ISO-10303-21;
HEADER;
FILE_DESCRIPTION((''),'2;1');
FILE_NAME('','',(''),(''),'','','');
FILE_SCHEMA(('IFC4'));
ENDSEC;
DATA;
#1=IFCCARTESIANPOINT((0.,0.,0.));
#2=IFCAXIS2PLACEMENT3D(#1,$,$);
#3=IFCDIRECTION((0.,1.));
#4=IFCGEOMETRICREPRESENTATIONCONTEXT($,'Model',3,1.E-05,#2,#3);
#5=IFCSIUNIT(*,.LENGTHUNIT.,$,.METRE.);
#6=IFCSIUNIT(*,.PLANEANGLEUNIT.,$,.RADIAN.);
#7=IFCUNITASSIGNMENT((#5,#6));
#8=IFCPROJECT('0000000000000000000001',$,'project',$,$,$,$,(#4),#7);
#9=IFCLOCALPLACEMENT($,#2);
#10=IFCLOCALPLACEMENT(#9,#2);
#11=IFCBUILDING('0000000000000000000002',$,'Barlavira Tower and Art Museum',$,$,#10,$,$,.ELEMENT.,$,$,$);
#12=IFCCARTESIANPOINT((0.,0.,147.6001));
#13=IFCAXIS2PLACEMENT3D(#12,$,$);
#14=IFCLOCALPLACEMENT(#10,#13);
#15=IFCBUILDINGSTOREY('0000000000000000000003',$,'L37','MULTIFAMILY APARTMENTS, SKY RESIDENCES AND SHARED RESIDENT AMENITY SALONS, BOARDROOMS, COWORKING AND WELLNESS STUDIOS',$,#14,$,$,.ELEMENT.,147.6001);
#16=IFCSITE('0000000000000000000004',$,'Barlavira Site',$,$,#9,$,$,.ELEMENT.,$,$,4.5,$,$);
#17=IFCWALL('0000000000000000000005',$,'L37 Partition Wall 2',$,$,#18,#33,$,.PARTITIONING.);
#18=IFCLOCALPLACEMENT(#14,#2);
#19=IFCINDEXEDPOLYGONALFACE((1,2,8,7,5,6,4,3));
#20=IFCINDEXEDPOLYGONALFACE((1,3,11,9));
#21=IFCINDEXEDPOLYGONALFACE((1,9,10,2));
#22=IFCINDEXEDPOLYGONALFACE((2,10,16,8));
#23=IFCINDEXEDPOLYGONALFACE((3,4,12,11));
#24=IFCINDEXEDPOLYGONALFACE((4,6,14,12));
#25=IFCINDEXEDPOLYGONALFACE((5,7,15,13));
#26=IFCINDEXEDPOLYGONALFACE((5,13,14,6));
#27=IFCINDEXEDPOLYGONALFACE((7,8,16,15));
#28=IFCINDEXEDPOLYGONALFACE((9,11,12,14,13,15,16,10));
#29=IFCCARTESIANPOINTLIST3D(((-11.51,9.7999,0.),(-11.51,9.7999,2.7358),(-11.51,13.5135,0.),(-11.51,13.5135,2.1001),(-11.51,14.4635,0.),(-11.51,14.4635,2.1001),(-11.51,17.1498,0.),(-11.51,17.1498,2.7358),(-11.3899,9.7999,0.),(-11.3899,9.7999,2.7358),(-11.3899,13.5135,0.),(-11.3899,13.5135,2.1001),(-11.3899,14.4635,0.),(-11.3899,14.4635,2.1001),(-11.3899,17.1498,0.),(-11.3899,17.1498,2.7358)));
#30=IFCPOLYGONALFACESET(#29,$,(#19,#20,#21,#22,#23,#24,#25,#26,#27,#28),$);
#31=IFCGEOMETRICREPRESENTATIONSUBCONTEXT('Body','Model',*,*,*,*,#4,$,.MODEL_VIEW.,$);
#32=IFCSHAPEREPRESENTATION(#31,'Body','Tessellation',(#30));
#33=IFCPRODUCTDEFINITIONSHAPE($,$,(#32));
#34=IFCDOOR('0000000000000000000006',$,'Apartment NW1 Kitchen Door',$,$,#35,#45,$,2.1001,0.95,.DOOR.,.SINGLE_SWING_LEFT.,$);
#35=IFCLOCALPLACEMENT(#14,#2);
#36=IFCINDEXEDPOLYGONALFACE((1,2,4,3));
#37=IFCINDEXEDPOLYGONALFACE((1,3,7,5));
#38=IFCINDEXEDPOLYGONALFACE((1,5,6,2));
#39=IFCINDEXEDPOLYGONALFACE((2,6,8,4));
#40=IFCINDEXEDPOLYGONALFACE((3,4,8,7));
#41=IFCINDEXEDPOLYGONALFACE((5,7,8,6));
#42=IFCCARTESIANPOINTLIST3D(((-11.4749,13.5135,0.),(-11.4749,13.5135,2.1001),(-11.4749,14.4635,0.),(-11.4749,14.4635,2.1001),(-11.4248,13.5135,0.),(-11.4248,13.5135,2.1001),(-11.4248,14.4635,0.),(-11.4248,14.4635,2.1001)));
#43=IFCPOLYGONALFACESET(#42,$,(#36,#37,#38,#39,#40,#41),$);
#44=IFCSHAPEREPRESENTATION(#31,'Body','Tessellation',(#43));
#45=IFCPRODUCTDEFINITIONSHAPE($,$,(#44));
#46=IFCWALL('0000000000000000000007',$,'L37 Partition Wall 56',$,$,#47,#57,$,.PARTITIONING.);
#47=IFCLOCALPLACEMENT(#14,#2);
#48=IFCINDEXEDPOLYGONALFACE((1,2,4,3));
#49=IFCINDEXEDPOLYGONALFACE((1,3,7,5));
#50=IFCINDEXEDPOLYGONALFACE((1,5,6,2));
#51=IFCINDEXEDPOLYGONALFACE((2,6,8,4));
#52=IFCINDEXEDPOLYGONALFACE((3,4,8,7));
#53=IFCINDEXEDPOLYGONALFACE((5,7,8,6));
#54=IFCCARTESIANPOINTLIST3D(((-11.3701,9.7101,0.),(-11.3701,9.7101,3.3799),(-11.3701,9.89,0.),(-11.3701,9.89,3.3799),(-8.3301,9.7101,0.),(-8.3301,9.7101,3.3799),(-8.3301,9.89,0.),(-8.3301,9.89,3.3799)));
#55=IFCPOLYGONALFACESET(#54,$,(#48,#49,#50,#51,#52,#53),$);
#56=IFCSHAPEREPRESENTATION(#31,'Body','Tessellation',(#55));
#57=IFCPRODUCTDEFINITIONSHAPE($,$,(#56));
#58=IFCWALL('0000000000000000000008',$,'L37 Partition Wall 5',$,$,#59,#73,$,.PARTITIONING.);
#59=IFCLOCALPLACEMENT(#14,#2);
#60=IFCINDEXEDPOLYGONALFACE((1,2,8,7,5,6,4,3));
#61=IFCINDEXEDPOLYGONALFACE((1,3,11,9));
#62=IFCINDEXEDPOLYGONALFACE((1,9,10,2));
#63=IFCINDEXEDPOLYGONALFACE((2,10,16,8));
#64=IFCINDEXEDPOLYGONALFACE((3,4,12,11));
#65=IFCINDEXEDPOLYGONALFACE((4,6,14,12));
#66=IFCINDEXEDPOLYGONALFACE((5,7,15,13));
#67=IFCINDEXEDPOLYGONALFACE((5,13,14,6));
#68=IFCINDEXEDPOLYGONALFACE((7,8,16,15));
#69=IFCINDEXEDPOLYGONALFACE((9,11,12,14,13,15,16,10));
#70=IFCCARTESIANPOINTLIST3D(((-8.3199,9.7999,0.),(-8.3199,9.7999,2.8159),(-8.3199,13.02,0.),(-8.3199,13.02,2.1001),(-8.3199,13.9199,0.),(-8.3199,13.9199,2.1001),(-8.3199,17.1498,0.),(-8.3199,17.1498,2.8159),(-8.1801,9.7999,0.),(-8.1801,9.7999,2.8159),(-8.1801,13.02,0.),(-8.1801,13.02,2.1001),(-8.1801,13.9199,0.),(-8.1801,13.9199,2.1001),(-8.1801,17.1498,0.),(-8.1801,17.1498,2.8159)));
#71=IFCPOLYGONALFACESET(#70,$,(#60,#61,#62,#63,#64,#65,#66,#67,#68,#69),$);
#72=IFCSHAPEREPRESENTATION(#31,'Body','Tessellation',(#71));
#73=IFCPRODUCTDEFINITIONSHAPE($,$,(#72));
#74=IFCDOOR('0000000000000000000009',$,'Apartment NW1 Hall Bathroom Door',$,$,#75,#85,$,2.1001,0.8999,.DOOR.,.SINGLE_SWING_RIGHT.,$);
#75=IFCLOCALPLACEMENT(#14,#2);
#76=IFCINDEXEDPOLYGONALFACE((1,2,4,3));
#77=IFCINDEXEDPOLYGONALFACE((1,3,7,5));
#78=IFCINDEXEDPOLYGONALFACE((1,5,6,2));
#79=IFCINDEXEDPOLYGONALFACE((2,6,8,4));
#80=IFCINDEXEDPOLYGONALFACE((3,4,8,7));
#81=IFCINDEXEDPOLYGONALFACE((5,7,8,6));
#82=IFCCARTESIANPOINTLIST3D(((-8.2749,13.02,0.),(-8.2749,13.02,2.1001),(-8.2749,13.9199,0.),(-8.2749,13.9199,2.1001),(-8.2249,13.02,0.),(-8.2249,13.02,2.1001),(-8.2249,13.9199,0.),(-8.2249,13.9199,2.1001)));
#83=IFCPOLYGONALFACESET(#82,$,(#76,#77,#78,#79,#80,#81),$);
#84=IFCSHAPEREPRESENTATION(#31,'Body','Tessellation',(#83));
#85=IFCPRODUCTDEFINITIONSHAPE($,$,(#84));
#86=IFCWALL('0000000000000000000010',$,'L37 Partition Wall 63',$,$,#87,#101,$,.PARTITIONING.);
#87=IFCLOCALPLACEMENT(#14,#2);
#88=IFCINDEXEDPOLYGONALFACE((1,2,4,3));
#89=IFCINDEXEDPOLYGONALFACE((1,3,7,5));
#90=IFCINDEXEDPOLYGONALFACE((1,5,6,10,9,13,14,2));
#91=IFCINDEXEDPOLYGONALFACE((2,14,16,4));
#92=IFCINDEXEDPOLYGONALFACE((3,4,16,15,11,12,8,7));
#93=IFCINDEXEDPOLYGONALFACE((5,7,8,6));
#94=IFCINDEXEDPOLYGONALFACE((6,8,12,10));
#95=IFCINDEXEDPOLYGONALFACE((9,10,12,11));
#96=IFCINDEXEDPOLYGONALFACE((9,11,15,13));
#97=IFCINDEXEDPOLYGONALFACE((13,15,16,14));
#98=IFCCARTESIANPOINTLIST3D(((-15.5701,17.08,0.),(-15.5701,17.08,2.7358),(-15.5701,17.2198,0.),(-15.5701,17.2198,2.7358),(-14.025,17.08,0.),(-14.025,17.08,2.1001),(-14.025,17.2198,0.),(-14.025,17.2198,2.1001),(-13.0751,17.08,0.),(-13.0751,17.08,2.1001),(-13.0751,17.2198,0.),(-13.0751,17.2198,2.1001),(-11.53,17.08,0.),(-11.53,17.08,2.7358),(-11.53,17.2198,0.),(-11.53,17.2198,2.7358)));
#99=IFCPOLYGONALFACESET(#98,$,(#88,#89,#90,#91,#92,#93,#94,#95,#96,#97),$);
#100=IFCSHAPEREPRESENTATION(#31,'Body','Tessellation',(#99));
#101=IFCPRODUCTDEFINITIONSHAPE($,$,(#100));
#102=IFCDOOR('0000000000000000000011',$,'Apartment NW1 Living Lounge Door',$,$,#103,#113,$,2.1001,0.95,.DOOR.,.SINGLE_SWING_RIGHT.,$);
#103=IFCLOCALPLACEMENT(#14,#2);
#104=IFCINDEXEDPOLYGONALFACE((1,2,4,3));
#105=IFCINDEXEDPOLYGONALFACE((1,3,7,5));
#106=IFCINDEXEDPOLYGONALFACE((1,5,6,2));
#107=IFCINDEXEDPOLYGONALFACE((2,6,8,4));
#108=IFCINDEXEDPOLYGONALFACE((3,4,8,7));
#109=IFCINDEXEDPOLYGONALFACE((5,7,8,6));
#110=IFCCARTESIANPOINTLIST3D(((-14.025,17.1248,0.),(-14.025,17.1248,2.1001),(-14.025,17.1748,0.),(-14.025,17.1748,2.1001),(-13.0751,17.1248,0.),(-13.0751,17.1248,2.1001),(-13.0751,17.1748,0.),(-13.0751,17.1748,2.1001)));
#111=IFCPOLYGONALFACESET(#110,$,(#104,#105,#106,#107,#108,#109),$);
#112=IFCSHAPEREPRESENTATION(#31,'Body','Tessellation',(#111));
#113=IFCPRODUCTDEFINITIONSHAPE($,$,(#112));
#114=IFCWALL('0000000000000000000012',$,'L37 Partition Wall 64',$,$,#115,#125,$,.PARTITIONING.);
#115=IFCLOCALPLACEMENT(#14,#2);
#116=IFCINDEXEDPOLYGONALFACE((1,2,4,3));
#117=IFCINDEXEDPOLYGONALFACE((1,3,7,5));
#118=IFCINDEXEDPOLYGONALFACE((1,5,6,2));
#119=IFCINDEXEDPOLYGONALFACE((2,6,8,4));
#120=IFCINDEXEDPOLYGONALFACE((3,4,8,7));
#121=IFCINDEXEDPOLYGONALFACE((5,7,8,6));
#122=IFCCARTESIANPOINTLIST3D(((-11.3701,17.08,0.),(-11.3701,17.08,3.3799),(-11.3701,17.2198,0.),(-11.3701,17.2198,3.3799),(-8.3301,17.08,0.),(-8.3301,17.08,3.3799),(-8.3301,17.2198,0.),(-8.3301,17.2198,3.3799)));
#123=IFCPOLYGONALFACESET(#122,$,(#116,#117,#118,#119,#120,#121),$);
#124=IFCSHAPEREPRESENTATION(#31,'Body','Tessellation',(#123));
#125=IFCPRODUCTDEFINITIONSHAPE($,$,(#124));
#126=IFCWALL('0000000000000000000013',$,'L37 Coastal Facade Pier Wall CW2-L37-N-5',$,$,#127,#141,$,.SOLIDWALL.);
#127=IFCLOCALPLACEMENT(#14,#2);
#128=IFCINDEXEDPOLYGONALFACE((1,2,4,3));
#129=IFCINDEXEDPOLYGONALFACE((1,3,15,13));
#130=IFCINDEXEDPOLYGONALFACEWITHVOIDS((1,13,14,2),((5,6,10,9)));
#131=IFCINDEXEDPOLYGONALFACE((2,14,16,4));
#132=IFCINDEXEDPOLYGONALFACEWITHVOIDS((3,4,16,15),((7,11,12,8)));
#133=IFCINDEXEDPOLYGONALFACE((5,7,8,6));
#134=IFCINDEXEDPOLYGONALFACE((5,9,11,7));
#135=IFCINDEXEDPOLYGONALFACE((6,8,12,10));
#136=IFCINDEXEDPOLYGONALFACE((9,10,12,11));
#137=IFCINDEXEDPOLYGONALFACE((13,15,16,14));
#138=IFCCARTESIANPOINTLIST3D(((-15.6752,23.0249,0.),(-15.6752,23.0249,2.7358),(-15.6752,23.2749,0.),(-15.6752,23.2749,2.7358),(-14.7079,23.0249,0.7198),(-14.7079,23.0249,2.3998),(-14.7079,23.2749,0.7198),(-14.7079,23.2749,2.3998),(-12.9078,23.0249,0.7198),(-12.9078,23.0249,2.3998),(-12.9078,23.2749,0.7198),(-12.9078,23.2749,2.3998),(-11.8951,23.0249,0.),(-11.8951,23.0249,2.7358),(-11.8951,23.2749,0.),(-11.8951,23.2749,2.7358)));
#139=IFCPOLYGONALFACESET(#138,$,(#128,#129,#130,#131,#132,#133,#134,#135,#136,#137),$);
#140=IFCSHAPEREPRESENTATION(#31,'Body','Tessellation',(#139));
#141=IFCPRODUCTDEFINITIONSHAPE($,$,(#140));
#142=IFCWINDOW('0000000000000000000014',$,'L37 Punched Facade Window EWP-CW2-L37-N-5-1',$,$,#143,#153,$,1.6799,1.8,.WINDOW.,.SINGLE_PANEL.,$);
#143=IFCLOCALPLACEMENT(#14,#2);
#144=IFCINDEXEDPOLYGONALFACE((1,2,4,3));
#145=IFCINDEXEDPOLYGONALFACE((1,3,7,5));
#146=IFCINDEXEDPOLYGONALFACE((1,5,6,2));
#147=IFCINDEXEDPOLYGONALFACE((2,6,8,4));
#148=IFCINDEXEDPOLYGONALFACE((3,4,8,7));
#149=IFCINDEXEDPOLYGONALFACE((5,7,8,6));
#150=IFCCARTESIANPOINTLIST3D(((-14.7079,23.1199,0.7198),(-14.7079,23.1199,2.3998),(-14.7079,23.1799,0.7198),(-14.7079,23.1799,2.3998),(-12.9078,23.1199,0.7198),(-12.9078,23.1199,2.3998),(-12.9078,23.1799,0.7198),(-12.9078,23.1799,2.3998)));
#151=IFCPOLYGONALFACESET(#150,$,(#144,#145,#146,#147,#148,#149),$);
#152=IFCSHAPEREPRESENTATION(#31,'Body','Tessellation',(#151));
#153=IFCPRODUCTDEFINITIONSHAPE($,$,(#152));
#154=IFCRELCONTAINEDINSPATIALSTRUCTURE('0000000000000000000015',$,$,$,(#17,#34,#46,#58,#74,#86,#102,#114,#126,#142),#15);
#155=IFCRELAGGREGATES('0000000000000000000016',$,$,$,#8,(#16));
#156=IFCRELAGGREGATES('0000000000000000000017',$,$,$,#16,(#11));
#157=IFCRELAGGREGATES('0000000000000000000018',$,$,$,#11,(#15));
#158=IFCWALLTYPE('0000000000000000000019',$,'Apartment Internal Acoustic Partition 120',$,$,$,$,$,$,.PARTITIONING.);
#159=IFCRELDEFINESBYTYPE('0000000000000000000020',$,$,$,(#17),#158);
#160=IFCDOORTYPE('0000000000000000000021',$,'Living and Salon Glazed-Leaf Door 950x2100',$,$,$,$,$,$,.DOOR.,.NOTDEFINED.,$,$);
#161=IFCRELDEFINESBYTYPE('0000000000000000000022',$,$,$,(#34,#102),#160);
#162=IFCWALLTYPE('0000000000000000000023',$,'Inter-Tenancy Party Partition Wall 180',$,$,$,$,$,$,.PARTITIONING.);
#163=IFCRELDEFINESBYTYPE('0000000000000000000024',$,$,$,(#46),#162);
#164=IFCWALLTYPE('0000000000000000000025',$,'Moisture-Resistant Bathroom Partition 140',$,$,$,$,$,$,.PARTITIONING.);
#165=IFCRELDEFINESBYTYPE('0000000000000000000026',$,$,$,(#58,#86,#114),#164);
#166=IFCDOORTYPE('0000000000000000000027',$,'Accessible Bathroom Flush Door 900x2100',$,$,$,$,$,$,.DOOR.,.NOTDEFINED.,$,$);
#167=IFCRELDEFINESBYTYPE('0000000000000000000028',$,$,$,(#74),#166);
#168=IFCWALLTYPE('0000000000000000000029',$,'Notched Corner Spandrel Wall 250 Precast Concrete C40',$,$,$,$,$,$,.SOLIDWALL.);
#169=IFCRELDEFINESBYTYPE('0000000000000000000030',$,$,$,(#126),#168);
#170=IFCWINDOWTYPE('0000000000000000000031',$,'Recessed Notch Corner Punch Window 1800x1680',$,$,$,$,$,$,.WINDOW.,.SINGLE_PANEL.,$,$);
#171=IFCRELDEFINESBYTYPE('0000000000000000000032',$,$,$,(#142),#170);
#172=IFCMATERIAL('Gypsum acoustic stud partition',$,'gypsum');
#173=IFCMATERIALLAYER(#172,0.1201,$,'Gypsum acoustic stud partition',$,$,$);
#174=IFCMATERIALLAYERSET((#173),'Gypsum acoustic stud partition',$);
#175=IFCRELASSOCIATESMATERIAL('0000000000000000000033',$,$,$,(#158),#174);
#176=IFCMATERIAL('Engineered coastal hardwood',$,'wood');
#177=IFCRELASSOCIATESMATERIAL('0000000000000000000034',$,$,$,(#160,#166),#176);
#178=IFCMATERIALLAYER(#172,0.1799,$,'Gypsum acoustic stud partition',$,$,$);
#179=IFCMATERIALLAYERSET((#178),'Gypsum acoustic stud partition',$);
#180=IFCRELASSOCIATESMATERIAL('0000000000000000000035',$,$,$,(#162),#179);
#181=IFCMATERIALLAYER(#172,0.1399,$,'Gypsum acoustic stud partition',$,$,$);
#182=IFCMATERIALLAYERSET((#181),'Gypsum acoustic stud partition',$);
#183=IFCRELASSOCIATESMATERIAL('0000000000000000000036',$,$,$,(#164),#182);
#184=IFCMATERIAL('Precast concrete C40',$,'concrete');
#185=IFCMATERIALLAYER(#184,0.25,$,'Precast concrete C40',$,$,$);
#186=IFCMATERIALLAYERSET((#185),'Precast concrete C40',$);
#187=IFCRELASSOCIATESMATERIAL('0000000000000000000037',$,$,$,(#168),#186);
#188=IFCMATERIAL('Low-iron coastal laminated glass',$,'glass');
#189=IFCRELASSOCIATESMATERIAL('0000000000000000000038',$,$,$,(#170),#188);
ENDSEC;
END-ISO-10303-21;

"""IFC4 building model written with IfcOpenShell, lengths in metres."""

from ifc_helpers import new_model, si_unit, direction, frame, frame_2d, origin, place, context, subcontext, project, spatial, rectangle, extrude, material, layer, layer_set, type_object, element, fill, save


model = new_model("IFC4")

# Units and contexts
model_context = context("Model", 3, precision=1e-05, world=origin(), true_north=direction((0.0, 1.0)))
body_context = subcontext(model_context, "Body", "Model", "MODEL_VIEW")
ifc_project = project(units=[si_unit("LENGTHUNIT", "METRE"), si_unit("PLANEANGLEUNIT", "RADIAN")], contexts=[model_context])

# Site, building, storey
site_placement = place(None, origin())
site = spatial("IfcSite", under=ifc_project, at=site_placement, Name="Barlavira Site", CompositionType="ELEMENT", RefElevation=4.5)
building_placement = place(site_placement, origin())
building = spatial("IfcBuilding", under=site, at=building_placement, Name="Barlavira Tower and Art Museum", CompositionType="ELEMENT")
storey_placement = place(building_placement, frame((0.0, 0.0, 147.6001)))
storey = spatial("IfcBuildingStorey", under=building, at=storey_placement, Name="L37", Description="MULTIFAMILY APARTMENTS, SKY RESIDENCES AND SHARED RESIDENT AMENITY SALONS, BOARDROOMS, COWORKING AND WELLNESS STUDIOS", CompositionType="ELEMENT", Elevation=147.6001)

# Wall, opening, door
ifc_material_1 = material(Name="Gypsum acoustic stud partition", Category="gypsum")
ifc_layer_1 = layer(ifc_material_1, 0.1201, Name="Gypsum acoustic stud partition")
ifc_layer_set_1 = layer_set([ifc_layer_1], Name="Gypsum acoustic stud partition")
wall_type_1 = type_object("IfcWallType", Name="Apartment Internal Acoustic Partition 120", PredefinedType="PARTITIONING", material=ifc_layer_set_1)
wall_1_placement = place(storey_placement, frame((-11.45, 9.8, 0.0), z_axis=(0.0, 0.0, 1.0), x_axis=(0.0, 1.0, 0.0)))
wall_1 = element("IfcWall", 1, at=wall_1_placement, inside=storey, type_object=wall_type_1, Name="L37 Partition Wall 2", PredefinedType="PARTITIONING", context=body_context, shape_type="SweptSolid", body=[
    extrude(rectangle(XDim=7.3499, YDim=0.1201, at=frame_2d((3.6748, 0.0))), origin(), (0.0, 0.0, 1.0), 2.7358),
])
opening_1_placement = place(wall_1_placement, frame((3.7134, 0.0, 0.0)))
opening_1 = element("IfcOpeningElement", 2, at=opening_1_placement, cuts=wall_1, PredefinedType="OPENING", context=body_context, shape_type="SweptSolid", body=[
    extrude(rectangle(XDim=0.95, YDim=2.1001, at=frame_2d((0.4751, 1.05))), frame((0.0, 0.0701, 0.0), z_axis=(0.0, -1.0, 0.0), x_axis=(1.0, 0.0, 0.0)), (0.0, 0.0, 1.0), 0.1401),
])
ifc_material_2 = material(Name="Engineered coastal hardwood", Category="wood")
door_type_1 = type_object("IfcDoorType", Name="Living and Salon Glazed-Leaf Door 950x2100", OperationType="NOTDEFINED", PredefinedType="DOOR", material=ifc_material_2)
door_1_placement = place(opening_1_placement, origin())
door_1 = element("IfcDoor", 3, at=door_1_placement, inside=storey, type_object=door_type_1, Name="Apartment NW1 Kitchen Door", OperationType="SINGLE_SWING_LEFT", OverallHeight=2.1001, OverallWidth=0.95, PredefinedType="DOOR", context=body_context, shape_type="SweptSolid", body=[
    extrude(rectangle(XDim=0.95, YDim=2.1001, at=frame_2d((0.4751, 1.05))), frame((0.0, 0.0249, 0.0), z_axis=(0.0, -1.0, 0.0), x_axis=(1.0, 0.0, 0.0)), (0.0, 0.0, 1.0), 0.05),
])
fill(opening_1, door_1)
ifc_layer_2 = layer(ifc_material_1, 0.1799, Name="Gypsum acoustic stud partition")
ifc_layer_set_2 = layer_set([ifc_layer_2], Name="Gypsum acoustic stud partition")
wall_type_2 = type_object("IfcWallType", Name="Inter-Tenancy Party Partition Wall 180", PredefinedType="PARTITIONING", material=ifc_layer_set_2)

# Wall
wall_2_placement = place(storey_placement, frame((-11.3701, 9.8, 0.0), z_axis=(0.0, 0.0, 1.0), x_axis=(1.0, 0.0, 0.0)))
element("IfcWall", 4, at=wall_2_placement, inside=storey, type_object=wall_type_2, Name="L37 Partition Wall 56", PredefinedType="PARTITIONING", context=body_context, shape_type="SweptSolid", body=[
    extrude(rectangle(XDim=3.04, YDim=0.1799, at=frame_2d((1.52, 0.0))), origin(), (0.0, 0.0, 1.0), 3.3799),
])

# Walls, openings, doors
ifc_layer_3 = layer(ifc_material_1, 0.1399, Name="Gypsum acoustic stud partition")
ifc_layer_set_3 = layer_set([ifc_layer_3], Name="Gypsum acoustic stud partition")
wall_type_3 = type_object("IfcWallType", Name="Moisture-Resistant Bathroom Partition 140", PredefinedType="PARTITIONING", material=ifc_layer_set_3)
wall_3_placement = place(storey_placement, frame((-8.25, 9.8, 0.0), z_axis=(0.0, 0.0, 1.0), x_axis=(0.0, 1.0, 0.0)))
wall_3 = element("IfcWall", 5, at=wall_3_placement, inside=storey, type_object=wall_type_3, Name="L37 Partition Wall 5", PredefinedType="PARTITIONING", context=body_context, shape_type="SweptSolid", body=[
    extrude(rectangle(XDim=7.3499, YDim=0.1399, at=frame_2d((3.6748, 0.0))), origin(), (0.0, 0.0, 1.0), 2.8159),
])
opening_2_placement = place(wall_3_placement, frame((3.22, 0.0, 0.0)))
opening_2 = element("IfcOpeningElement", 6, at=opening_2_placement, cuts=wall_3, PredefinedType="OPENING", context=body_context, shape_type="SweptSolid", body=[
    extrude(rectangle(XDim=0.8999, YDim=2.1001, at=frame_2d((0.45, 1.05))), frame((0.0, 0.0801, 0.0), z_axis=(0.0, -1.0, 0.0), x_axis=(1.0, 0.0, 0.0)), (0.0, 0.0, 1.0), 0.1599),
])
door_type_2 = type_object("IfcDoorType", Name="Accessible Bathroom Flush Door 900x2100", OperationType="NOTDEFINED", PredefinedType="DOOR", material=ifc_material_2)
door_2_placement = place(opening_2_placement, origin())
door_2 = element("IfcDoor", 7, at=door_2_placement, inside=storey, type_object=door_type_2, Name="Apartment NW1 Hall Bathroom Door", OperationType="SINGLE_SWING_RIGHT", OverallHeight=2.1001, OverallWidth=0.8999, PredefinedType="DOOR", context=body_context, shape_type="SweptSolid", body=[
    extrude(rectangle(XDim=0.8999, YDim=2.1001, at=frame_2d((0.45, 1.05))), frame((0.0, 0.0249, 0.0), z_axis=(0.0, -1.0, 0.0), x_axis=(1.0, 0.0, 0.0)), (0.0, 0.0, 1.0), 0.05),
])
fill(opening_2, door_2)
wall_4_placement = place(storey_placement, frame((-15.5701, 17.1499, 0.0), z_axis=(0.0, 0.0, 1.0), x_axis=(1.0, 0.0, 0.0)))
wall_4 = element("IfcWall", 8, at=wall_4_placement, inside=storey, type_object=wall_type_3, Name="L37 Partition Wall 63", PredefinedType="PARTITIONING", context=body_context, shape_type="SweptSolid", body=[
    extrude(rectangle(XDim=4.04, YDim=0.1399, at=frame_2d((2.02, 0.0))), origin(), (0.0, 0.0, 1.0), 2.7358),
])
opening_3_placement = place(wall_4_placement, frame((1.5449, 0.0, 0.0)))
opening_3 = element("IfcOpeningElement", 9, at=opening_3_placement, cuts=wall_4, PredefinedType="OPENING", context=body_context, shape_type="SweptSolid", body=[
    extrude(rectangle(XDim=0.95, YDim=2.1001, at=frame_2d((0.4751, 1.05))), frame((0.0, 0.0801, 0.0), z_axis=(0.0, -1.0, 0.0), x_axis=(1.0, 0.0, 0.0)), (0.0, 0.0, 1.0), 0.1599),
])
door_3_placement = place(opening_3_placement, origin())
door_3 = element("IfcDoor", 10, at=door_3_placement, inside=storey, type_object=door_type_1, Name="Apartment NW1 Living Lounge Door", OperationType="SINGLE_SWING_RIGHT", OverallHeight=2.1001, OverallWidth=0.95, PredefinedType="DOOR", context=body_context, shape_type="SweptSolid", body=[
    extrude(rectangle(XDim=0.95, YDim=2.1001, at=frame_2d((0.4751, 1.05))), frame((0.0, 0.0249, 0.0), z_axis=(0.0, -1.0, 0.0), x_axis=(1.0, 0.0, 0.0)), (0.0, 0.0, 1.0), 0.05),
])
fill(opening_3, door_3)

# Wall
wall_5_placement = place(storey_placement, frame((-11.3701, 17.1499, 0.0), z_axis=(0.0, 0.0, 1.0), x_axis=(1.0, 0.0, 0.0)))
element("IfcWall", 11, at=wall_5_placement, inside=storey, type_object=wall_type_3, Name="L37 Partition Wall 64", PredefinedType="PARTITIONING", context=body_context, shape_type="SweptSolid", body=[
    extrude(rectangle(XDim=3.04, YDim=0.1399, at=frame_2d((1.52, 0.0))), origin(), (0.0, 0.0, 1.0), 3.3799),
])

# Wall, opening, window
ifc_material_3 = material(Name="Precast concrete C40", Category="concrete")
ifc_layer_4 = layer(ifc_material_3, 0.25, Name="Precast concrete C40")
ifc_layer_set_4 = layer_set([ifc_layer_4], Name="Precast concrete C40")
wall_type_4 = type_object("IfcWallType", Name="Notched Corner Spandrel Wall 250 Precast Concrete C40", PredefinedType="SOLIDWALL", material=ifc_layer_set_4)
wall_6_placement = place(storey_placement, frame((-11.895, 23.1499, 0.0), z_axis=(0.0, 0.0, 1.0), x_axis=(-1.0, 0.0, 0.0)))
wall_6 = element("IfcWall", 12, at=wall_6_placement, inside=storey, type_object=wall_type_4, Name="L37 Coastal Facade Pier Wall CW2-L37-N-5", PredefinedType="SOLIDWALL", context=body_context, shape_type="SweptSolid", body=[
    extrude(rectangle(XDim=3.78, YDim=0.25, at=frame_2d((1.8901, 0.0))), origin(), (0.0, 0.0, 1.0), 2.7358),
])
opening_4_placement = place(wall_6_placement, frame((1.0129, 0.0, 0.72)))
opening_4 = element("IfcOpeningElement", 13, at=opening_4_placement, cuts=wall_6, PredefinedType="OPENING", context=body_context, shape_type="SweptSolid", body=[
    extrude(rectangle(XDim=1.8, YDim=1.6799, at=frame_2d((0.8999, 0.8398))), frame((0.0, 0.135, 0.0), z_axis=(0.0, -1.0, 0.0), x_axis=(1.0, 0.0, 0.0)), (0.0, 0.0, 1.0), 0.27),
])
ifc_material_4 = material(Name="Low-iron coastal laminated glass", Category="glass")
window_type = type_object("IfcWindowType", Name="Recessed Notch Corner Punch Window 1800x1680", PartitioningType="SINGLE_PANEL", PredefinedType="WINDOW", material=ifc_material_4)
window_1_placement = place(opening_4_placement, origin())
window_1 = element("IfcWindow", 14, at=window_1_placement, inside=storey, type_object=window_type, Name="L37 Punched Facade Window EWP-CW2-L37-N-5-1", OverallHeight=1.6799, OverallWidth=1.8, PartitioningType="SINGLE_PANEL", PredefinedType="WINDOW", context=body_context, shape_type="SweptSolid", body=[
    extrude(rectangle(XDim=1.8, YDim=1.6799, at=frame_2d((0.8999, 0.8398))), frame((0.0, 0.03, 0.0), z_axis=(0.0, -1.0, 0.0), x_axis=(1.0, 0.0, 0.0)), (0.0, 0.0, 1.0), 0.0601),
])
fill(opening_4, window_1)

save(model, "model.ifc")
